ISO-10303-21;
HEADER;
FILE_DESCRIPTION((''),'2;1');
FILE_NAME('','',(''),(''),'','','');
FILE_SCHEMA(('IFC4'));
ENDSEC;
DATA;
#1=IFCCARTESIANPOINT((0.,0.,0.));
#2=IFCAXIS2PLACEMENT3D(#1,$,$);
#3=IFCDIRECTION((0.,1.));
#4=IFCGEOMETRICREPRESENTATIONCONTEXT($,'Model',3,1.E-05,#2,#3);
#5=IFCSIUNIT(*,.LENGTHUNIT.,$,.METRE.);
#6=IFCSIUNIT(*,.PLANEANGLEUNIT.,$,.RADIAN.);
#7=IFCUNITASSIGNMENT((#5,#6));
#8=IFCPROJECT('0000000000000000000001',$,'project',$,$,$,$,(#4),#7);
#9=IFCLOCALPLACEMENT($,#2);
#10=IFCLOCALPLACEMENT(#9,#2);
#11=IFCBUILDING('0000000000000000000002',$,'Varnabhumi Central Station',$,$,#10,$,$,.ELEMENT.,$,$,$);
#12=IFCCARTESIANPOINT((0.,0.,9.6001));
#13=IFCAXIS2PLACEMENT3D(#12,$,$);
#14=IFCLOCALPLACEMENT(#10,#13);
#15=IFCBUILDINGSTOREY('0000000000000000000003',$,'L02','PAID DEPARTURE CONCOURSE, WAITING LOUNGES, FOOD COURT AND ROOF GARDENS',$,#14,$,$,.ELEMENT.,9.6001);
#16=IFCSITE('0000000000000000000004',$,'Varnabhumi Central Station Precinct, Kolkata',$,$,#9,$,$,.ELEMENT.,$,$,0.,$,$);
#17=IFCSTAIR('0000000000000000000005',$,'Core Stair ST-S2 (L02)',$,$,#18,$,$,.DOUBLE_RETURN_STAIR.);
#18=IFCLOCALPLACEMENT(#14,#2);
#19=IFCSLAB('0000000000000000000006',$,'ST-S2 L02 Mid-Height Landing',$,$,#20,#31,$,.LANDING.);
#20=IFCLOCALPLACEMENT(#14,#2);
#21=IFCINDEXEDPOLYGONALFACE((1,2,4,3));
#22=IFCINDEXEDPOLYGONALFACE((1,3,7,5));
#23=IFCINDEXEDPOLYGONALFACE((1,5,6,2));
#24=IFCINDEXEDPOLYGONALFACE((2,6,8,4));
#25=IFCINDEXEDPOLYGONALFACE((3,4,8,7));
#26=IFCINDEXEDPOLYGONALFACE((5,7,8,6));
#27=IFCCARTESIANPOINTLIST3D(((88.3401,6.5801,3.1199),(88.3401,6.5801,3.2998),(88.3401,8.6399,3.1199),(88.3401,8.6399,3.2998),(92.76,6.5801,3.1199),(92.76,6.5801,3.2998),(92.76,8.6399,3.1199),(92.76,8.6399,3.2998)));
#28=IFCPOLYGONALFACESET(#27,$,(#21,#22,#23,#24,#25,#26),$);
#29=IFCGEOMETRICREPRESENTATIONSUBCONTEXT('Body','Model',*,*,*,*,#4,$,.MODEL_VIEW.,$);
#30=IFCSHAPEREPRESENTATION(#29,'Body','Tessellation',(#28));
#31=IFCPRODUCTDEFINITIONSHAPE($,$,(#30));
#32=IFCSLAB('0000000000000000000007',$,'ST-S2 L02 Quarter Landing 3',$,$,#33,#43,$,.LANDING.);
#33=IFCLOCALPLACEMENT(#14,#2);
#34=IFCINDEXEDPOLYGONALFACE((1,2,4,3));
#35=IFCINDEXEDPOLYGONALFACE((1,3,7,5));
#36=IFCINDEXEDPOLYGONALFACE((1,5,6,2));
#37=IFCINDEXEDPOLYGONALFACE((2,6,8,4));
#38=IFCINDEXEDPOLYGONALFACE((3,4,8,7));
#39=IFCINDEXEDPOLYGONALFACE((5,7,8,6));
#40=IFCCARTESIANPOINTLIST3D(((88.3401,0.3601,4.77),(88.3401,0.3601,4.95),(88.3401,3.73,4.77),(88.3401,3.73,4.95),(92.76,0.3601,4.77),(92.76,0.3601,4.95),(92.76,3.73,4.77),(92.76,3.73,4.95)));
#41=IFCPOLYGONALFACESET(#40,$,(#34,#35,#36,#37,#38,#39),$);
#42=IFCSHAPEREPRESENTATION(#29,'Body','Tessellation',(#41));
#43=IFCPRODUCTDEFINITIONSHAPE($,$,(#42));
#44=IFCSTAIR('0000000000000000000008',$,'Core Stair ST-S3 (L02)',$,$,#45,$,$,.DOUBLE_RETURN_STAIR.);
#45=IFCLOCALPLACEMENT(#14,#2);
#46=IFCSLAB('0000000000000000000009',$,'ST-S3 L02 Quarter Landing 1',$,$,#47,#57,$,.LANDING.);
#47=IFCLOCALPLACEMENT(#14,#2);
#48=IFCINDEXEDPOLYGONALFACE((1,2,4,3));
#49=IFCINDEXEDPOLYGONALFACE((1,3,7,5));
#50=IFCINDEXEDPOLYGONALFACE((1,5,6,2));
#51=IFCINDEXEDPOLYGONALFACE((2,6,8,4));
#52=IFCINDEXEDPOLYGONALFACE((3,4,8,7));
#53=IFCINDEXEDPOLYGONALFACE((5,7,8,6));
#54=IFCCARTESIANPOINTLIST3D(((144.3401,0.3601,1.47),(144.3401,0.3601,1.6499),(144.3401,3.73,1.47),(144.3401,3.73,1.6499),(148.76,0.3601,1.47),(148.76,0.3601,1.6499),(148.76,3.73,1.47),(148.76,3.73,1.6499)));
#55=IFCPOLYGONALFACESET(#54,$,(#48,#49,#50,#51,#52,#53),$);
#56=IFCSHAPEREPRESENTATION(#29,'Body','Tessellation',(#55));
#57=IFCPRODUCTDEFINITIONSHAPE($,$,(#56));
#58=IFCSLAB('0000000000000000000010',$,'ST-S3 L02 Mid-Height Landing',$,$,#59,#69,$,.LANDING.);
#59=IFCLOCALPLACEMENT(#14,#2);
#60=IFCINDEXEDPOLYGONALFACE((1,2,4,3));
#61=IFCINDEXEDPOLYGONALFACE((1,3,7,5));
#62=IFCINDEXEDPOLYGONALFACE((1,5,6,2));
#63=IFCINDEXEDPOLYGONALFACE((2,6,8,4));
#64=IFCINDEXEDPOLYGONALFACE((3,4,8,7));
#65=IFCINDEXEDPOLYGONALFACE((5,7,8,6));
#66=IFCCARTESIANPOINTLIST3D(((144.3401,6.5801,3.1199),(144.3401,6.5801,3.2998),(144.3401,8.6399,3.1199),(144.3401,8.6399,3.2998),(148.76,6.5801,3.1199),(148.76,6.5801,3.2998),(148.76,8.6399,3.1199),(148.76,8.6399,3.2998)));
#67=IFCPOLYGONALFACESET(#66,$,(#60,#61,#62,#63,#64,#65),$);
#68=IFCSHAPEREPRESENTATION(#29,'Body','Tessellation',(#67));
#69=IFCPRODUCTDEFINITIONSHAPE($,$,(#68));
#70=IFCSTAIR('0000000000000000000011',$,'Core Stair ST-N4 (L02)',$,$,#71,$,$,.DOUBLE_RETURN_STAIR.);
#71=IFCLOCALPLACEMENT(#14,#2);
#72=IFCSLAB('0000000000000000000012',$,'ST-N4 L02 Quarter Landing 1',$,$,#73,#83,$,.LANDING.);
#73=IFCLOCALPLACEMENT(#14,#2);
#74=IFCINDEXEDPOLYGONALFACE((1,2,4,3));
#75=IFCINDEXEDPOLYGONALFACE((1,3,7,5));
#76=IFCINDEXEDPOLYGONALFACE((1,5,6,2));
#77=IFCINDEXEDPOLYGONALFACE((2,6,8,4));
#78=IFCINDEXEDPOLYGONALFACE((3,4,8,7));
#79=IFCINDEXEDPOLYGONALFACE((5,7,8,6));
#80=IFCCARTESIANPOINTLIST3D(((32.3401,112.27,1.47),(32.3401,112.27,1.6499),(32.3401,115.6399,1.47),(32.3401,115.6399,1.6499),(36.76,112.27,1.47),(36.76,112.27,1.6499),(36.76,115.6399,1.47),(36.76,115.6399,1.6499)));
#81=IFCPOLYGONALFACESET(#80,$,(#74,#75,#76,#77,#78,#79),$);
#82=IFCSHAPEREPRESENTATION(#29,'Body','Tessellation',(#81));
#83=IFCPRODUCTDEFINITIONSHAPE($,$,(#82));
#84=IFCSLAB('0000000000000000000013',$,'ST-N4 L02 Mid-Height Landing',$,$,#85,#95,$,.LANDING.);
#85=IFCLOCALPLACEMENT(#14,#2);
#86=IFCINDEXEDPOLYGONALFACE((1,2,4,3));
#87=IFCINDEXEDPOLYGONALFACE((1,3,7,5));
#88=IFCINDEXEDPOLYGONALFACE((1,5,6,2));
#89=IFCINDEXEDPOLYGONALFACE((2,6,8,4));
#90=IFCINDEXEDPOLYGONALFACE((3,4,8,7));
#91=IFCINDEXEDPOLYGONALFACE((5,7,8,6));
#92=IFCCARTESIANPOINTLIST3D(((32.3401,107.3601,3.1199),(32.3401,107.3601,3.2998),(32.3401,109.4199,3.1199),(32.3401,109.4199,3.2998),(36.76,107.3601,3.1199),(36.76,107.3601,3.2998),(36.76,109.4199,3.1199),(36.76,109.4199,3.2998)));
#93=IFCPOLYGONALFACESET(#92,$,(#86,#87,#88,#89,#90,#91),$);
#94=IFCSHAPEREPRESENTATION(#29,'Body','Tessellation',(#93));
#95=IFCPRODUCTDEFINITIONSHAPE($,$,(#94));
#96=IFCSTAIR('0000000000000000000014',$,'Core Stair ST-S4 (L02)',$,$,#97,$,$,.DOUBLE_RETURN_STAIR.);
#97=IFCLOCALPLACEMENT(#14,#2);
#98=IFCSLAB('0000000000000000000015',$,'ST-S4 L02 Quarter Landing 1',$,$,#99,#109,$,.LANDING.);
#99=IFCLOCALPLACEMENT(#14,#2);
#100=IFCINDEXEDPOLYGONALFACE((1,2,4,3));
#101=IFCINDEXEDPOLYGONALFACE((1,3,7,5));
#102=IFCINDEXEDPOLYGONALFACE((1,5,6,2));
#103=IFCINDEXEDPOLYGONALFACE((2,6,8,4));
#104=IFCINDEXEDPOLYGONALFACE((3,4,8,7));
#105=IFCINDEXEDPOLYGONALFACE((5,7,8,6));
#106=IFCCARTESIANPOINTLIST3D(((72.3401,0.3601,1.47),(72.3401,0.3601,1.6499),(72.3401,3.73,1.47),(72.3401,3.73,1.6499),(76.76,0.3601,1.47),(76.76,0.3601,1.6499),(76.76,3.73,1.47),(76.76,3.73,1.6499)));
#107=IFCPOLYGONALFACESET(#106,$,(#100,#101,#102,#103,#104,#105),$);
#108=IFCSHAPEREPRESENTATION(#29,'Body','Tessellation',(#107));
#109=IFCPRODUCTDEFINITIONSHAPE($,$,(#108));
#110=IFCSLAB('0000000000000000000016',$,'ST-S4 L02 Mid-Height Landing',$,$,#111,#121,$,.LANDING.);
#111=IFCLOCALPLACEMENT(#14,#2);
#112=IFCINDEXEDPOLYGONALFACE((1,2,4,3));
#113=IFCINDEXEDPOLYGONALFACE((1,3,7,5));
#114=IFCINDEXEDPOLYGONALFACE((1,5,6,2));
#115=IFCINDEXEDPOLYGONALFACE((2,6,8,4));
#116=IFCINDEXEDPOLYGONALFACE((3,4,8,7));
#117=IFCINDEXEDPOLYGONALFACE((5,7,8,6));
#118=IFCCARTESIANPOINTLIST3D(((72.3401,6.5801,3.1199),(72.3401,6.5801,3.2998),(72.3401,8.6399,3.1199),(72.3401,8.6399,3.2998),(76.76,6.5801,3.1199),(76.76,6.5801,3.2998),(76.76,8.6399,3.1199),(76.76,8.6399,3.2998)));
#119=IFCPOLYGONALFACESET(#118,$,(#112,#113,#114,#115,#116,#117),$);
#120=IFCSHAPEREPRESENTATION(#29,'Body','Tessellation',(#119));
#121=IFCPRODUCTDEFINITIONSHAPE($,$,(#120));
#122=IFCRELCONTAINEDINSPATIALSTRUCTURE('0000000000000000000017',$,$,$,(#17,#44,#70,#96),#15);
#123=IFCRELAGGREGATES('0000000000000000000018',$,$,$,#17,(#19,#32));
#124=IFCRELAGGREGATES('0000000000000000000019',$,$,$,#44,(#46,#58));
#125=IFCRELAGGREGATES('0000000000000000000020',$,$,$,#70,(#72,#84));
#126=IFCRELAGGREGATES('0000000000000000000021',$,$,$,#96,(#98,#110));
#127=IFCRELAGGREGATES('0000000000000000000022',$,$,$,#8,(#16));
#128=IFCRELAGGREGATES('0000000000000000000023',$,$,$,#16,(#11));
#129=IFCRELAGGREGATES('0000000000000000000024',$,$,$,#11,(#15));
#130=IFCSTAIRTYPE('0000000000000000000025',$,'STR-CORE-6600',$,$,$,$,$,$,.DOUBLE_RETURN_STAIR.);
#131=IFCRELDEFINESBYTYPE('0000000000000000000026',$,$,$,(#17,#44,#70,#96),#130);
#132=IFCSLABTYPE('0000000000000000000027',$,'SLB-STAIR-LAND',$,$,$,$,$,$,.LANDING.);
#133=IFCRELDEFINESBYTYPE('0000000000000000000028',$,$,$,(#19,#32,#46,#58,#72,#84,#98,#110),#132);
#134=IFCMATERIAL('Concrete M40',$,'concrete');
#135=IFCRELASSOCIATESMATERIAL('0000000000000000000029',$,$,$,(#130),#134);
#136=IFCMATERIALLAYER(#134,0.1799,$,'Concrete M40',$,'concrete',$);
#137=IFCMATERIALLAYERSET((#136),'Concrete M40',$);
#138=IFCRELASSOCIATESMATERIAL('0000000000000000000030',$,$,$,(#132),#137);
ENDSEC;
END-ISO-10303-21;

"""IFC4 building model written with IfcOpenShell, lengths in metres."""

from ifc_helpers import new_model, si_unit, direction, frame, origin, place, context, subcontext, project, spatial, polyline, outline, extrude, material, layer, layer_set, type_object, element, aggregate, save


model = new_model("IFC4")

# Units and contexts
model_context = context("Model", 3, precision=1e-05, world=origin(), true_north=direction((0.0, 1.0)))
body_context = subcontext(model_context, "Body", "Model", "MODEL_VIEW")
ifc_project = project(units=[si_unit("LENGTHUNIT", "METRE"), si_unit("PLANEANGLEUNIT", "RADIAN")], contexts=[model_context])

# Site, building, storey
site_placement = place(None, origin())
site = spatial("IfcSite", under=ifc_project, at=site_placement, Name="Varnabhumi Central Station Precinct, Kolkata", CompositionType="ELEMENT", RefElevation=0.0)
building_placement = place(site_placement, origin())
building = spatial("IfcBuilding", under=site, at=building_placement, Name="Varnabhumi Central Station", CompositionType="ELEMENT")
storey_placement = place(building_placement, frame((0.0, 0.0, 9.6001)))
storey = spatial("IfcBuildingStorey", under=building, at=storey_placement, Name="L02", Description="PAID DEPARTURE CONCOURSE, WAITING LOUNGES, FOOD COURT AND ROOF GARDENS", CompositionType="ELEMENT", Elevation=9.6001)

# Shared definitions
ifc_material = material(Name="Concrete M40", Category="concrete")

# Stairs, slabs
stair_type = type_object("IfcStairType", Name="STR-CORE-6600", PredefinedType="DOUBLE_RETURN_STAIR", material=ifc_material)
ifc_layer_1 = layer(ifc_material, 0.1799, Name="Concrete M40", Category="concrete")
ifc_layer_set_1 = layer_set([ifc_layer_1], Name="Concrete M40")
slab_type_1 = type_object("IfcSlabType", Name="SLB-STAIR-LAND", PredefinedType="LANDING", material=ifc_layer_set_1)
stair_1_placement = place(storey_placement, origin())
stair_1 = element("IfcStair", 1, at=stair_1_placement, inside=storey, type_object=stair_type, Name="Core Stair ST-S2 (L02)", PredefinedType="DOUBLE_RETURN_STAIR")
slab_1_placement = place(storey_placement, frame((0.0, 0.0, 3.1199)))
slab_1 = element("IfcSlab", 2, at=slab_1_placement, type_object=slab_type_1, Name="ST-S2 L02 Mid-Height Landing", PredefinedType="LANDING", context=body_context, shape_type="SweptSolid", body=[
    extrude(outline(polyline([(88.3401, 6.5801), (92.76, 6.5801), (92.76, 8.6399), (88.3401, 8.6399), (88.3401, 6.5801)])), origin(), (0.0, 0.0, 1.0), 0.1799),
])
slab_2_placement = place(storey_placement, frame((0.0, 0.0, 4.77)))
slab_2 = element("IfcSlab", 3, at=slab_2_placement, type_object=slab_type_1, Name="ST-S2 L02 Quarter Landing 3", PredefinedType="LANDING", context=body_context, shape_type="SweptSolid", body=[
    extrude(outline(polyline([(88.3401, 0.3601), (92.76, 0.3601), (92.76, 3.73), (88.3401, 3.73), (88.3401, 0.3601)])), origin(), (0.0, 0.0, 1.0), 0.1799),
])
aggregate(stair_1, [slab_1, slab_2])
stair_2_placement = place(storey_placement, origin())
stair_2 = element("IfcStair", 4, at=stair_2_placement, inside=storey, type_object=stair_type, Name="Core Stair ST-S3 (L02)", PredefinedType="DOUBLE_RETURN_STAIR")
slab_3_placement = place(storey_placement, frame((0.0, 0.0, 1.47)))
slab_3 = element("IfcSlab", 5, at=slab_3_placement, type_object=slab_type_1, Name="ST-S3 L02 Quarter Landing 1", PredefinedType="LANDING", context=body_context, shape_type="SweptSolid", body=[
    extrude(outline(polyline([(144.3401, 0.3601), (148.76, 0.3601), (148.76, 3.73), (144.3401, 3.73), (144.3401, 0.3601)])), origin(), (0.0, 0.0, 1.0), 0.1799),
])
slab_4_placement = place(storey_placement, frame((0.0, 0.0, 3.1199)))
slab_4 = element("IfcSlab", 6, at=slab_4_placement, type_object=slab_type_1, Name="ST-S3 L02 Mid-Height Landing", PredefinedType="LANDING", context=body_context, shape_type="SweptSolid", body=[
    extrude(outline(polyline([(144.3401, 6.5801), (148.76, 6.5801), (148.76, 8.6399), (144.3401, 8.6399), (144.3401, 6.5801)])), origin(), (0.0, 0.0, 1.0), 0.1799),
])
aggregate(stair_2, [slab_3, slab_4])
stair_3_placement = place(storey_placement, origin())
stair_3 = element("IfcStair", 7, at=stair_3_placement, inside=storey, type_object=stair_type, Name="Core Stair ST-N4 (L02)", PredefinedType="DOUBLE_RETURN_STAIR")
slab_5_placement = place(storey_placement, frame((0.0, 0.0, 1.47)))
slab_5 = element("IfcSlab", 8, at=slab_5_placement, type_object=slab_type_1, Name="ST-N4 L02 Quarter Landing 1", PredefinedType="LANDING", context=body_context, shape_type="SweptSolid", body=[
    extrude(outline(polyline([(32.3401, 112.27), (36.76, 112.27), (36.76, 115.6399), (32.3401, 115.6399), (32.3401, 112.27)])), origin(), (0.0, 0.0, 1.0), 0.1799),
])
slab_6_placement = place(storey_placement, frame((0.0, 0.0, 3.1199)))
slab_6 = element("IfcSlab", 9, at=slab_6_placement, type_object=slab_type_1, Name="ST-N4 L02 Mid-Height Landing", PredefinedType="LANDING", context=body_context, shape_type="SweptSolid", body=[
    extrude(outline(polyline([(32.3401, 107.3601), (36.76, 107.3601), (36.76, 109.4199), (32.3401, 109.4199), (32.3401, 107.3601)])), origin(), (0.0, 0.0, 1.0), 0.1799),
])
aggregate(stair_3, [slab_5, slab_6])
stair_4_placement = place(storey_placement, origin())
stair_4 = element("IfcStair", 10, at=stair_4_placement, inside=storey, type_object=stair_type, Name="Core Stair ST-S4 (L02)", PredefinedType="DOUBLE_RETURN_STAIR")
slab_7_placement = place(storey_placement, frame((0.0, 0.0, 1.47)))
slab_7 = element("IfcSlab", 11, at=slab_7_placement, type_object=slab_type_1, Name="ST-S4 L02 Quarter Landing 1", PredefinedType="LANDING", context=body_context, shape_type="SweptSolid", body=[
    extrude(outline(polyline([(72.3401, 0.3601), (76.76, 0.3601), (76.76, 3.73), (72.3401, 3.73), (72.3401, 0.3601)])), origin(), (0.0, 0.0, 1.0), 0.1799),
])
slab_8_placement = place(storey_placement, frame((0.0, 0.0, 3.1199)))
slab_8 = element("IfcSlab", 12, at=slab_8_placement, type_object=slab_type_1, Name="ST-S4 L02 Mid-Height Landing", PredefinedType="LANDING", context=body_context, shape_type="SweptSolid", body=[
    extrude(outline(polyline([(72.3401, 6.5801), (76.76, 6.5801), (76.76, 8.6399), (72.3401, 8.6399), (72.3401, 6.5801)])), origin(), (0.0, 0.0, 1.0), 0.1799),
])
aggregate(stair_4, [slab_7, slab_8])

save(model, "model.ifc")
